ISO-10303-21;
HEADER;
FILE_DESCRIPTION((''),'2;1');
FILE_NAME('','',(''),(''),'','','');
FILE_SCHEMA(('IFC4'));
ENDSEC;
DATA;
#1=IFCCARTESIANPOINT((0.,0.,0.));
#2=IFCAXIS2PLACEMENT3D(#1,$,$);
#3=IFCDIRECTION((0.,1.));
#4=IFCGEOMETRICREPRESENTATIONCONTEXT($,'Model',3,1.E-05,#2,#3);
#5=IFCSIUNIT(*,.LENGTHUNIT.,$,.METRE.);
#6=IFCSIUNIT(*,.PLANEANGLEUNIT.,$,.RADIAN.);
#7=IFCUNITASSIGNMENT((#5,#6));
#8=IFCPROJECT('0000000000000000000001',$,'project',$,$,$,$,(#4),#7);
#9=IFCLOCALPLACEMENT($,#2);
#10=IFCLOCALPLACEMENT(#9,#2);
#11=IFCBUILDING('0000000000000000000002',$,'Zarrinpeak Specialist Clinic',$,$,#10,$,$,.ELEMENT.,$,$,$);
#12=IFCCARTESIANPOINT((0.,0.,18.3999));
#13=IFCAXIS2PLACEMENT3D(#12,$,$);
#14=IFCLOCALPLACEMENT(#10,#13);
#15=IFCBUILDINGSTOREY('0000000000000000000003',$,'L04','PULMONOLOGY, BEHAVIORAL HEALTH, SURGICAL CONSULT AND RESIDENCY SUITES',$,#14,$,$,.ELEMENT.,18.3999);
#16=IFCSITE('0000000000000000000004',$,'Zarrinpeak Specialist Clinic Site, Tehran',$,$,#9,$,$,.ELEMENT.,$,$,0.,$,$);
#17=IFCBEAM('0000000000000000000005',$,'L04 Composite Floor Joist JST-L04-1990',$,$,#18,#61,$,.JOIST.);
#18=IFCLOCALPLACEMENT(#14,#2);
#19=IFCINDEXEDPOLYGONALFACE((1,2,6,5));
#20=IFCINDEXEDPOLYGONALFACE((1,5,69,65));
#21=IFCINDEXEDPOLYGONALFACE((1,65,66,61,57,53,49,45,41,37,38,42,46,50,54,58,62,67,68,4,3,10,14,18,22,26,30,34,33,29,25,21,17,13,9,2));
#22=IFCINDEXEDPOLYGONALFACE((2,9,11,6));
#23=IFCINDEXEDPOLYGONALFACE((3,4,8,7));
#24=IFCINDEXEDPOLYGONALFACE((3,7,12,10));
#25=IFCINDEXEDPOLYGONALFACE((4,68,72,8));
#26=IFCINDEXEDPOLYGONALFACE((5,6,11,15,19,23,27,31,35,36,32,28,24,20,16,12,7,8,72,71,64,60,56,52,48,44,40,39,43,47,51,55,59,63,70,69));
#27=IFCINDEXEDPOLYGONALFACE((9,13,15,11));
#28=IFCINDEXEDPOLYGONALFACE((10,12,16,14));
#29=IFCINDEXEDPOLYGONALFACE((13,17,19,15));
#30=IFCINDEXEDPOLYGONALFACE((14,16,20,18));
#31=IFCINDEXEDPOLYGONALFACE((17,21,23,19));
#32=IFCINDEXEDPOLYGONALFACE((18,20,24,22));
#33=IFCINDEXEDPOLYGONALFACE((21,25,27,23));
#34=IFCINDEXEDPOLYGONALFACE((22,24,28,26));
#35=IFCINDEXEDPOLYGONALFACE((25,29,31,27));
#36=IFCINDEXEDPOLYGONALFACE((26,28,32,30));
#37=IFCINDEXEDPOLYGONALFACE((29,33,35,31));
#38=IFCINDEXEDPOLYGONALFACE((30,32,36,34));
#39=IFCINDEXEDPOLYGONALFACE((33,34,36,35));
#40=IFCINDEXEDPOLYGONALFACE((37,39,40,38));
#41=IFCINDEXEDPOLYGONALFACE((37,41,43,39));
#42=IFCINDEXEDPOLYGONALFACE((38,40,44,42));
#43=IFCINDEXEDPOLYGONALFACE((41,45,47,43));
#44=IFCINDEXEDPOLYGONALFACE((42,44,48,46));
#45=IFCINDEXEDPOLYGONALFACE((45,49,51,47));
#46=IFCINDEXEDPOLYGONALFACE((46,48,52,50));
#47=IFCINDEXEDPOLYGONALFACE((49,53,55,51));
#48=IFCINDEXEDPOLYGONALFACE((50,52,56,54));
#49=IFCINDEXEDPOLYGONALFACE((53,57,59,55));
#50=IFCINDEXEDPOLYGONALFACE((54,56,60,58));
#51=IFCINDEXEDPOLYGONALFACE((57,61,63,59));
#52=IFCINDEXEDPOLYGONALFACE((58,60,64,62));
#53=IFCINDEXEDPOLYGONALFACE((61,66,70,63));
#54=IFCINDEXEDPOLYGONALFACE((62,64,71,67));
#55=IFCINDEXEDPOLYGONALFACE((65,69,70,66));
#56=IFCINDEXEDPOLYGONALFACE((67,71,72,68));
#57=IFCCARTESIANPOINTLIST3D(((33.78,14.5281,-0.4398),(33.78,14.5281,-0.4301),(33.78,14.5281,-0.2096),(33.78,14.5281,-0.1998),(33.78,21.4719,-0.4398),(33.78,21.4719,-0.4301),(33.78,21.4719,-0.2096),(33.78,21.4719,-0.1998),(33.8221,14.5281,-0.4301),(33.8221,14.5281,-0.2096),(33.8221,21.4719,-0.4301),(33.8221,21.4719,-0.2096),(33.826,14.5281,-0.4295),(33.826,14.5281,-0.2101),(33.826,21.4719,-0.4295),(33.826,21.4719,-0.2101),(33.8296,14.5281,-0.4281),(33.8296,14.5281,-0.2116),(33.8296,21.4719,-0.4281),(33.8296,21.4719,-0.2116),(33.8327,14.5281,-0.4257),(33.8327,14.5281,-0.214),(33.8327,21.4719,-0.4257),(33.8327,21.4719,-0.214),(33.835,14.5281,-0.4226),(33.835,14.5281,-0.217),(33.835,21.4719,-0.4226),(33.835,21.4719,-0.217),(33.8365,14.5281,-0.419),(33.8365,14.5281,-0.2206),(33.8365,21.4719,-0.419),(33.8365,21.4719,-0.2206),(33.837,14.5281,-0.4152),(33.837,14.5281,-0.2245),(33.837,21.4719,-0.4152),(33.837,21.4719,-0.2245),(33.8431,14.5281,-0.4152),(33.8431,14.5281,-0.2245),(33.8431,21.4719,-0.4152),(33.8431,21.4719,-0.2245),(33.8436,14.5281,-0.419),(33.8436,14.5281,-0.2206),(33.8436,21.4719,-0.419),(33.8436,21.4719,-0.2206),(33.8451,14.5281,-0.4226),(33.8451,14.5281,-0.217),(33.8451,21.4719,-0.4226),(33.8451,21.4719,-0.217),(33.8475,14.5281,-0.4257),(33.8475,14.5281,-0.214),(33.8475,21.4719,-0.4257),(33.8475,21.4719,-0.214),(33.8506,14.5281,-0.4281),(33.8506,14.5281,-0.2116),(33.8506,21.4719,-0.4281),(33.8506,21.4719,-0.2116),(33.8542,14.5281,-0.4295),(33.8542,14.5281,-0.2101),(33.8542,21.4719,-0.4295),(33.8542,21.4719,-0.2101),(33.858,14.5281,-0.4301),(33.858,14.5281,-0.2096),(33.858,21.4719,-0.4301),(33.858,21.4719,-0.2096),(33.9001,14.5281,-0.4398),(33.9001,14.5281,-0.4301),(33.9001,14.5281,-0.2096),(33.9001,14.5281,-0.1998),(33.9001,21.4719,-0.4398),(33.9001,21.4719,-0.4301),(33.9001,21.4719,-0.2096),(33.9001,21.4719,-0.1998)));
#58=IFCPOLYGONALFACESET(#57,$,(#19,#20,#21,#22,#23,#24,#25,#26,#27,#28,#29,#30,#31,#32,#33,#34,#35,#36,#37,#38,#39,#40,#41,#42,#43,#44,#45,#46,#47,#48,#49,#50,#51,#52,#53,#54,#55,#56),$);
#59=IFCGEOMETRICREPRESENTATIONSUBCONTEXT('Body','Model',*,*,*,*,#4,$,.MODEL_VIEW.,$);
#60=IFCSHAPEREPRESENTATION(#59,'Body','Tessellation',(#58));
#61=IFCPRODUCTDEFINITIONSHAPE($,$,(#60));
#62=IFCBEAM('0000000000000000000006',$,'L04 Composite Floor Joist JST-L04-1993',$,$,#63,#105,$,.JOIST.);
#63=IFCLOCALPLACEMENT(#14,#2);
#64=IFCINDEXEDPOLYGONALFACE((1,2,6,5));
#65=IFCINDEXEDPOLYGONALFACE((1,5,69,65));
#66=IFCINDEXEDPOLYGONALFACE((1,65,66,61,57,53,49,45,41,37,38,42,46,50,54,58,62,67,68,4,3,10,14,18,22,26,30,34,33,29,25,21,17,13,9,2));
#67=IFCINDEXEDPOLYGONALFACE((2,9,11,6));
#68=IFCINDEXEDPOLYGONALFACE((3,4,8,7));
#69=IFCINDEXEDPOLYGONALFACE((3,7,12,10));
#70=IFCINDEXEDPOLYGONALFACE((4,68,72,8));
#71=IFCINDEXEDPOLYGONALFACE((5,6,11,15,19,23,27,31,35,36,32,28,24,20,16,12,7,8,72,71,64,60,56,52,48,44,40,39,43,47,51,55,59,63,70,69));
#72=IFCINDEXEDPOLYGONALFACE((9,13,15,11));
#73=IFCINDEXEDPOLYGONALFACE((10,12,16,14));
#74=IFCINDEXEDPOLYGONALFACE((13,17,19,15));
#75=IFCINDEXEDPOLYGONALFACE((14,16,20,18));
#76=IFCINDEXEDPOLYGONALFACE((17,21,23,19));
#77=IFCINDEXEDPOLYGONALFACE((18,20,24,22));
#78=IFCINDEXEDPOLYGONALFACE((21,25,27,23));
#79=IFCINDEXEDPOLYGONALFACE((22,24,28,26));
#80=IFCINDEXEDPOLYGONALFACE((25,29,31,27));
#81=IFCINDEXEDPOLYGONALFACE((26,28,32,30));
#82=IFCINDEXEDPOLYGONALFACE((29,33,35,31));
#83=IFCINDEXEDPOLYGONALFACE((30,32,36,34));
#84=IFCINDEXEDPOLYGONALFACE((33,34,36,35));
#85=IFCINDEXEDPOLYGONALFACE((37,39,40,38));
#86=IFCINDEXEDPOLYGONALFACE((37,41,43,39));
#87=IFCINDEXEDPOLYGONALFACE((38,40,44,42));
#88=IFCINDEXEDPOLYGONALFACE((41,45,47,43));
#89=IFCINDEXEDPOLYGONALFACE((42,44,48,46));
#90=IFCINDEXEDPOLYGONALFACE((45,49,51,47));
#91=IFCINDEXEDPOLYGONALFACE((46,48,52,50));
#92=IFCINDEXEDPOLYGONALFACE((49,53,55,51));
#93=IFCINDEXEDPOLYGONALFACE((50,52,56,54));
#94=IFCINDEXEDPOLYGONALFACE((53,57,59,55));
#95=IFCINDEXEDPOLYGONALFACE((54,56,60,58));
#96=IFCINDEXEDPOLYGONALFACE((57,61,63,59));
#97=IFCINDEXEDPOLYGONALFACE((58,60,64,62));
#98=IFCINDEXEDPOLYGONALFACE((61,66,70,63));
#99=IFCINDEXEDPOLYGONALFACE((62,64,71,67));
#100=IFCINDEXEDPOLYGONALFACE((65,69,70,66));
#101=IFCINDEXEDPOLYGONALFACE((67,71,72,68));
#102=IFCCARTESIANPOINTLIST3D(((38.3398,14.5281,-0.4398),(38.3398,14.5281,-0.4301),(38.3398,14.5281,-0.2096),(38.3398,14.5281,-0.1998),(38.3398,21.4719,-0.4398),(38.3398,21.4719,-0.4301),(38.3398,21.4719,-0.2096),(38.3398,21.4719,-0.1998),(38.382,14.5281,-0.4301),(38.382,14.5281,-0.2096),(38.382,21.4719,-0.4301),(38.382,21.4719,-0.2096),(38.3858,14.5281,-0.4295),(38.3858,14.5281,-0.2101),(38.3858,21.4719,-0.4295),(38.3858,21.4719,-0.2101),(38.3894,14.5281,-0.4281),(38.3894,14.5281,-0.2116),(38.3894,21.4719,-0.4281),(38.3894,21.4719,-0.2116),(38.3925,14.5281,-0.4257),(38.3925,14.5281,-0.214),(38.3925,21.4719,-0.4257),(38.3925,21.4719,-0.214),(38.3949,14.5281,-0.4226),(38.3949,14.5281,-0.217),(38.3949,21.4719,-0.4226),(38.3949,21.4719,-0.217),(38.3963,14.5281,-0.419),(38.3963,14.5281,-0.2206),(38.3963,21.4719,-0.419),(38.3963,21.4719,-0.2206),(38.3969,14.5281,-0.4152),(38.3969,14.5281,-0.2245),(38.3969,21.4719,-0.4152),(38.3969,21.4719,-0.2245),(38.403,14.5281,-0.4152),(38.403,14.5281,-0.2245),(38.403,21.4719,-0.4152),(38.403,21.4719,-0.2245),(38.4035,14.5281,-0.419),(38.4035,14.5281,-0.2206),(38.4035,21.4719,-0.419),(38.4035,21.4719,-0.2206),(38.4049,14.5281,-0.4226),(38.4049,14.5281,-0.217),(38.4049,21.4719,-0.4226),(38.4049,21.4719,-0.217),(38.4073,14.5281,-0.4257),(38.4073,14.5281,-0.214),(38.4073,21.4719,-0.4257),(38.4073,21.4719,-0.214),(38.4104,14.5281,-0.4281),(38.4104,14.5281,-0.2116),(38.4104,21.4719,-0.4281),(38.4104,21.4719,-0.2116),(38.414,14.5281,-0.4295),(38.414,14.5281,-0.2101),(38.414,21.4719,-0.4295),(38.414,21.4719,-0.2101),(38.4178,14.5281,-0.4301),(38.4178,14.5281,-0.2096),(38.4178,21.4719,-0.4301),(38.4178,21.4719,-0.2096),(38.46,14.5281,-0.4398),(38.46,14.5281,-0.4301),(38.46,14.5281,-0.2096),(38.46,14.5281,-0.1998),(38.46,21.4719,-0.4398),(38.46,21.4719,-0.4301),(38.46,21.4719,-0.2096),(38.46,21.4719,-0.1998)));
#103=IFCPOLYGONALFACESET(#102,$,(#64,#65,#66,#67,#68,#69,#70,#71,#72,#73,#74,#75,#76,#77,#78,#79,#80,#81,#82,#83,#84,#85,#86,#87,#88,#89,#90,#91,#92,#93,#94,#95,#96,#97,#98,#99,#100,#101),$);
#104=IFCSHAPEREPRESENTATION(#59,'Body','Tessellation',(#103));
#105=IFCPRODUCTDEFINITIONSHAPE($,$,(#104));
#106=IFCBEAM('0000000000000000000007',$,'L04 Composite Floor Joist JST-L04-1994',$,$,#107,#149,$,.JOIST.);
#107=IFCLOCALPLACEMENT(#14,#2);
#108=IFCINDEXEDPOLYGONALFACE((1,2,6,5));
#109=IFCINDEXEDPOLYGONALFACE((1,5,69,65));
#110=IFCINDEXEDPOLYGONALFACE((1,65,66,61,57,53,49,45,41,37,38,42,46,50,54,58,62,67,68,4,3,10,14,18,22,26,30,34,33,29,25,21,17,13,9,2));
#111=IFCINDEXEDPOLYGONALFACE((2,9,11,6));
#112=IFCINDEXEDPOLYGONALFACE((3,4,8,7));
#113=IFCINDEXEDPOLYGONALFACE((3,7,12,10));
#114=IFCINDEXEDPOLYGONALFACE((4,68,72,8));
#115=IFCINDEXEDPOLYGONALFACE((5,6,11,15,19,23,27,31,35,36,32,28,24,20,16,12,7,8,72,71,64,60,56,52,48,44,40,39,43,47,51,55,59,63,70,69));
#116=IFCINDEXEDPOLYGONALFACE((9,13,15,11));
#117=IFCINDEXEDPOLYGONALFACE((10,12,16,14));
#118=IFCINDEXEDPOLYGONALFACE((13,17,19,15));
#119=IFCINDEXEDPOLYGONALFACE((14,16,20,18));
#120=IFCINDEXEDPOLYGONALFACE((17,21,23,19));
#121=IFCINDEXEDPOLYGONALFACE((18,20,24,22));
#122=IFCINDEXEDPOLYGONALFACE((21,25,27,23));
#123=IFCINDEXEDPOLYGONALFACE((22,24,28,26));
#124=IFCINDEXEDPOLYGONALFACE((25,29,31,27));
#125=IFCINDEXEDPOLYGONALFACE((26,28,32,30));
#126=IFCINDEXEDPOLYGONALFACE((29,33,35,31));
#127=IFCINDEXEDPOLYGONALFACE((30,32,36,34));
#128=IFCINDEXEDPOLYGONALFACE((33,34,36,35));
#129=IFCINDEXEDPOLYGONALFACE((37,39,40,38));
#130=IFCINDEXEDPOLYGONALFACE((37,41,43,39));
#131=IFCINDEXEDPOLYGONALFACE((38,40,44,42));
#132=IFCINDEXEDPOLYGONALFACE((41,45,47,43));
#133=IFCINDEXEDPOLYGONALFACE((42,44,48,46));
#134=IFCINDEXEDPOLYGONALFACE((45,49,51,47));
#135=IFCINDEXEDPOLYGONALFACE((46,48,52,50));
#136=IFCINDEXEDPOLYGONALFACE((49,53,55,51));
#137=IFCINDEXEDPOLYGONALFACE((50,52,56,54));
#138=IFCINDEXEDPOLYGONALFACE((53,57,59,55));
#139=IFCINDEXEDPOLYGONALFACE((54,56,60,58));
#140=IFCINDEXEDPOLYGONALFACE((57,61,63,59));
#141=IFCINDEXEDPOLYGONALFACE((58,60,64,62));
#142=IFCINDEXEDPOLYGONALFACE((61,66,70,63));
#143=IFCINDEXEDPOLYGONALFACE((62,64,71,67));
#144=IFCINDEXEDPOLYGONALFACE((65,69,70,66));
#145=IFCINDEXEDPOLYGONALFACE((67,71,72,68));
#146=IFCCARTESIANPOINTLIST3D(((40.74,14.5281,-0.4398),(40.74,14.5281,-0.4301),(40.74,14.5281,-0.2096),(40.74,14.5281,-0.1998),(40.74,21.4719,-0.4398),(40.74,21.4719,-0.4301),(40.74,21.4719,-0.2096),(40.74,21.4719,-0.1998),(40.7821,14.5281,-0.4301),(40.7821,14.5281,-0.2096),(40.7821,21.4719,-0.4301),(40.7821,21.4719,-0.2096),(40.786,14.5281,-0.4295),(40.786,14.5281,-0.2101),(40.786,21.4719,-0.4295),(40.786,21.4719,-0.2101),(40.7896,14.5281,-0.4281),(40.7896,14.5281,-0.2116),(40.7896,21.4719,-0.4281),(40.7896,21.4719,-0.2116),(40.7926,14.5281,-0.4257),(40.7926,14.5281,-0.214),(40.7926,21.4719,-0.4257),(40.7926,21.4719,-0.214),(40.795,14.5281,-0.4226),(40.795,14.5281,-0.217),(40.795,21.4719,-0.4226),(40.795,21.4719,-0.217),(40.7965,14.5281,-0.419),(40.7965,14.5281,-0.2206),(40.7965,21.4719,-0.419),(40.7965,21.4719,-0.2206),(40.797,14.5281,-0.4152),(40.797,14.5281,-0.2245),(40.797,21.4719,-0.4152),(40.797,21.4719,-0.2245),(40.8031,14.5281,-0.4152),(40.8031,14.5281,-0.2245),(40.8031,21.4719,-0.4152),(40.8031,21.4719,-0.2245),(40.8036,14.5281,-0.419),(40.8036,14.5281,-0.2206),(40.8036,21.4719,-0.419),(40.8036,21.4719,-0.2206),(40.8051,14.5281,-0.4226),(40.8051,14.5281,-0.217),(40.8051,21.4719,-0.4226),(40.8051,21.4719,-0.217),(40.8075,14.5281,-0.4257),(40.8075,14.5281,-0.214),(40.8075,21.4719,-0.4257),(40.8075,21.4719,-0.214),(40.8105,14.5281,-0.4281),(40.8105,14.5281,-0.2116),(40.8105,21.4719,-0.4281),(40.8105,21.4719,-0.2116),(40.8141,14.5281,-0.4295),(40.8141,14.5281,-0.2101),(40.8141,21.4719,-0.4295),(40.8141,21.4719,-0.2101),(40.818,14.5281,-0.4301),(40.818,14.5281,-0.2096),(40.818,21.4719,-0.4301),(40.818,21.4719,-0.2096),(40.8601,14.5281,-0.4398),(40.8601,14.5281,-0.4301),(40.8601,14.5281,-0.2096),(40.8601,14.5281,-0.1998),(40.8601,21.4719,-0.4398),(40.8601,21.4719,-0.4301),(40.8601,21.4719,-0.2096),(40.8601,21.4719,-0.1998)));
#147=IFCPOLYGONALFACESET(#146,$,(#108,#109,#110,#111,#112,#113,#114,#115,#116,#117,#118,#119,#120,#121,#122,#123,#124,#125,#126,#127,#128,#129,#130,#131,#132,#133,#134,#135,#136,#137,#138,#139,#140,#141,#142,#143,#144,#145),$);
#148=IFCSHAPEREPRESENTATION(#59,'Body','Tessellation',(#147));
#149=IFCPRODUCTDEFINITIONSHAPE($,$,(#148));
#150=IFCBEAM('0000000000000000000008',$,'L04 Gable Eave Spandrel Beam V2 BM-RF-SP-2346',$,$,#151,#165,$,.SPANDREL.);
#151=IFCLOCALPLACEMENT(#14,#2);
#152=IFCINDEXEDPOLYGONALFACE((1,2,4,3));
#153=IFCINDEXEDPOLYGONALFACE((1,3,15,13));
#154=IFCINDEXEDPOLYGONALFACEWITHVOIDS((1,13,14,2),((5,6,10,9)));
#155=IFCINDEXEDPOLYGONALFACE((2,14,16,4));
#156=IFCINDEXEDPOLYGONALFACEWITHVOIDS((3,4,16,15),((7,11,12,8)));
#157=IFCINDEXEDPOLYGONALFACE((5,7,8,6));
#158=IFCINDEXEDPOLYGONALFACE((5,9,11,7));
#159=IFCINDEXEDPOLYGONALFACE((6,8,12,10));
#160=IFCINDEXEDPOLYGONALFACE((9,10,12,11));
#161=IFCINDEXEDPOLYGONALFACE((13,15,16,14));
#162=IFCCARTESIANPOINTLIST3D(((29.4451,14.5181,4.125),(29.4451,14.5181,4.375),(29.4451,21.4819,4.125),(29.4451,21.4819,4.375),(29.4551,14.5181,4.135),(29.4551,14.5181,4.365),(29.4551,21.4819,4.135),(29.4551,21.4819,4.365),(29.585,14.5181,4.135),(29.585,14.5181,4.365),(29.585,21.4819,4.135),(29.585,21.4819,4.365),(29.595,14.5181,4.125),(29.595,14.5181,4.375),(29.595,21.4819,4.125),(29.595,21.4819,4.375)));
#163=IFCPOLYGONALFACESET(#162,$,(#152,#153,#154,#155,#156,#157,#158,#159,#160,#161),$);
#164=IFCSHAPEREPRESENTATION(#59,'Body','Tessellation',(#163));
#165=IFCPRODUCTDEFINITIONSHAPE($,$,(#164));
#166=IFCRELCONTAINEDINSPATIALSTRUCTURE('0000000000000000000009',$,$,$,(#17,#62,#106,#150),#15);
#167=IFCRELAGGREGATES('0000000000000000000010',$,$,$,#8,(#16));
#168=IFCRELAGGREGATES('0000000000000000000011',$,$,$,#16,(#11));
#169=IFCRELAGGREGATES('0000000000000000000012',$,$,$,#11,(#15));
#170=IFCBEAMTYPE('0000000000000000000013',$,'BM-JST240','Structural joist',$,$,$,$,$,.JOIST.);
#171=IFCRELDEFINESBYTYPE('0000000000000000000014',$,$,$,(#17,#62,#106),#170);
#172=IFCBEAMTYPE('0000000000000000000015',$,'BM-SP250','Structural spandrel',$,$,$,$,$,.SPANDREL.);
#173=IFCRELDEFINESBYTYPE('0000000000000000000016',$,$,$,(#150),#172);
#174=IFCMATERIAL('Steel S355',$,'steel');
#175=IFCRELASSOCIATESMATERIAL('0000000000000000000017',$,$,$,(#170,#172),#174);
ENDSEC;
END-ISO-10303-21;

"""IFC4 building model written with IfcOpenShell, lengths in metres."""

from ifc_helpers import new_model, si_unit, direction, frame, origin, origin_2d, place, context, subcontext, project, spatial, hollow_rectangle, i_section, extrude, material, material_profile, profile_set, type_object, element, save


model = new_model("IFC4")

# Units and contexts
model_context = context("Model", 3, precision=1e-05, world=origin(), true_north=direction((0.0, 1.0)))
body_context = subcontext(model_context, "Body", "Model", "MODEL_VIEW")
ifc_project = project(units=[si_unit("LENGTHUNIT", "METRE"), si_unit("PLANEANGLEUNIT", "RADIAN")], contexts=[model_context])

# Site, building, storey
site_placement = place(None, origin())
site = spatial("IfcSite", under=ifc_project, at=site_placement, Name="Zarrinpeak Specialist Clinic Site, Tehran", CompositionType="ELEMENT", RefElevation=0.0)
building_placement = place(site_placement, origin())
building = spatial("IfcBuilding", under=site, at=building_placement, Name="Zarrinpeak Specialist Clinic", CompositionType="ELEMENT")
storey_placement = place(building_placement, frame((0.0, 0.0, 18.3999)))
storey = spatial("IfcBuildingStorey", under=building, at=storey_placement, Name="L04", Description="PULMONOLOGY, BEHAVIORAL HEALTH, SURGICAL CONSULT AND RESIDENCY SUITES", CompositionType="ELEMENT", Elevation=18.3999)

# Shared definitions
ifc_material_1 = material(Name="Steel S355", Category="steel")

# Beams
ifc_material_profile_1 = material_profile(ifc_material_1, i_section(OverallWidth=0.1201, OverallDepth=0.24, WebThickness=0.0061, FlangeThickness=0.0098, FilletRadius=0.0149, at=origin_2d()), Name="IPE 240")
ifc_profile_set_1 = profile_set([ifc_material_profile_1], Name="Steel S355")
beam_type_1 = type_object("IfcBeamType", Name="BM-JST240", Description="Structural joist", PredefinedType="JOIST", material=ifc_profile_set_1)
for number, where, z_axis, x_axis, name in (
    (1, (33.8401, 14.5281, -0.3198), (0.0, 1.0, 0.0), (-1.0, 0.0, 0.0), "L04 Composite Floor Joist JST-L04-1990"),
    (2, (38.3999, 14.5281, -0.3198), (0.0, 1.0, 0.0), (-1.0, 0.0, 0.0), "L04 Composite Floor Joist JST-L04-1993"),
    (3, (40.8, 14.5281, -0.3198), (0.0, 1.0, 0.0), (-1.0, 0.0, 0.0), "L04 Composite Floor Joist JST-L04-1994"),
):
    element("IfcBeam", number, at=place(storey_placement, frame(where, z_axis=z_axis, x_axis=x_axis)), inside=storey, type_object=beam_type_1, Name=name, PredefinedType="JOIST", context=body_context, shape_type="SweptSolid", body=[
        extrude(i_section(OverallWidth=0.1201, OverallDepth=0.24, WebThickness=0.0061, FlangeThickness=0.0098, FilletRadius=0.0149, at=origin_2d()), origin(), (0.0, 0.0, 1.0), 6.9438),
    ])
ifc_material_profile_2 = material_profile(ifc_material_1, hollow_rectangle(XDim=0.1499, YDim=0.25, WallThickness=0.01, at=origin_2d()), Name="RHS 250x150x10.0")
ifc_profile_set_2 = profile_set([ifc_material_profile_2], Name="Steel S355")
beam_type_2 = type_object("IfcBeamType", Name="BM-SP250", Description="Structural spandrel", PredefinedType="SPANDREL", material=ifc_profile_set_2)
beam_1_placement = place(storey_placement, frame((29.52, 14.5181, 4.25), z_axis=(0.0, 1.0, 0.0), x_axis=(-1.0, 0.0, 0.0)))
element("IfcBeam", 4, at=beam_1_placement, inside=storey, type_object=beam_type_2, Name="L04 Gable Eave Spandrel Beam V2 BM-RF-SP-2346", PredefinedType="SPANDREL", context=body_context, shape_type="SweptSolid", body=[
    extrude(hollow_rectangle(XDim=0.1499, YDim=0.25, WallThickness=0.01, at=origin_2d()), origin(), (0.0, 0.0, 1.0), 6.9639),
])

save(model, "model.ifc")
